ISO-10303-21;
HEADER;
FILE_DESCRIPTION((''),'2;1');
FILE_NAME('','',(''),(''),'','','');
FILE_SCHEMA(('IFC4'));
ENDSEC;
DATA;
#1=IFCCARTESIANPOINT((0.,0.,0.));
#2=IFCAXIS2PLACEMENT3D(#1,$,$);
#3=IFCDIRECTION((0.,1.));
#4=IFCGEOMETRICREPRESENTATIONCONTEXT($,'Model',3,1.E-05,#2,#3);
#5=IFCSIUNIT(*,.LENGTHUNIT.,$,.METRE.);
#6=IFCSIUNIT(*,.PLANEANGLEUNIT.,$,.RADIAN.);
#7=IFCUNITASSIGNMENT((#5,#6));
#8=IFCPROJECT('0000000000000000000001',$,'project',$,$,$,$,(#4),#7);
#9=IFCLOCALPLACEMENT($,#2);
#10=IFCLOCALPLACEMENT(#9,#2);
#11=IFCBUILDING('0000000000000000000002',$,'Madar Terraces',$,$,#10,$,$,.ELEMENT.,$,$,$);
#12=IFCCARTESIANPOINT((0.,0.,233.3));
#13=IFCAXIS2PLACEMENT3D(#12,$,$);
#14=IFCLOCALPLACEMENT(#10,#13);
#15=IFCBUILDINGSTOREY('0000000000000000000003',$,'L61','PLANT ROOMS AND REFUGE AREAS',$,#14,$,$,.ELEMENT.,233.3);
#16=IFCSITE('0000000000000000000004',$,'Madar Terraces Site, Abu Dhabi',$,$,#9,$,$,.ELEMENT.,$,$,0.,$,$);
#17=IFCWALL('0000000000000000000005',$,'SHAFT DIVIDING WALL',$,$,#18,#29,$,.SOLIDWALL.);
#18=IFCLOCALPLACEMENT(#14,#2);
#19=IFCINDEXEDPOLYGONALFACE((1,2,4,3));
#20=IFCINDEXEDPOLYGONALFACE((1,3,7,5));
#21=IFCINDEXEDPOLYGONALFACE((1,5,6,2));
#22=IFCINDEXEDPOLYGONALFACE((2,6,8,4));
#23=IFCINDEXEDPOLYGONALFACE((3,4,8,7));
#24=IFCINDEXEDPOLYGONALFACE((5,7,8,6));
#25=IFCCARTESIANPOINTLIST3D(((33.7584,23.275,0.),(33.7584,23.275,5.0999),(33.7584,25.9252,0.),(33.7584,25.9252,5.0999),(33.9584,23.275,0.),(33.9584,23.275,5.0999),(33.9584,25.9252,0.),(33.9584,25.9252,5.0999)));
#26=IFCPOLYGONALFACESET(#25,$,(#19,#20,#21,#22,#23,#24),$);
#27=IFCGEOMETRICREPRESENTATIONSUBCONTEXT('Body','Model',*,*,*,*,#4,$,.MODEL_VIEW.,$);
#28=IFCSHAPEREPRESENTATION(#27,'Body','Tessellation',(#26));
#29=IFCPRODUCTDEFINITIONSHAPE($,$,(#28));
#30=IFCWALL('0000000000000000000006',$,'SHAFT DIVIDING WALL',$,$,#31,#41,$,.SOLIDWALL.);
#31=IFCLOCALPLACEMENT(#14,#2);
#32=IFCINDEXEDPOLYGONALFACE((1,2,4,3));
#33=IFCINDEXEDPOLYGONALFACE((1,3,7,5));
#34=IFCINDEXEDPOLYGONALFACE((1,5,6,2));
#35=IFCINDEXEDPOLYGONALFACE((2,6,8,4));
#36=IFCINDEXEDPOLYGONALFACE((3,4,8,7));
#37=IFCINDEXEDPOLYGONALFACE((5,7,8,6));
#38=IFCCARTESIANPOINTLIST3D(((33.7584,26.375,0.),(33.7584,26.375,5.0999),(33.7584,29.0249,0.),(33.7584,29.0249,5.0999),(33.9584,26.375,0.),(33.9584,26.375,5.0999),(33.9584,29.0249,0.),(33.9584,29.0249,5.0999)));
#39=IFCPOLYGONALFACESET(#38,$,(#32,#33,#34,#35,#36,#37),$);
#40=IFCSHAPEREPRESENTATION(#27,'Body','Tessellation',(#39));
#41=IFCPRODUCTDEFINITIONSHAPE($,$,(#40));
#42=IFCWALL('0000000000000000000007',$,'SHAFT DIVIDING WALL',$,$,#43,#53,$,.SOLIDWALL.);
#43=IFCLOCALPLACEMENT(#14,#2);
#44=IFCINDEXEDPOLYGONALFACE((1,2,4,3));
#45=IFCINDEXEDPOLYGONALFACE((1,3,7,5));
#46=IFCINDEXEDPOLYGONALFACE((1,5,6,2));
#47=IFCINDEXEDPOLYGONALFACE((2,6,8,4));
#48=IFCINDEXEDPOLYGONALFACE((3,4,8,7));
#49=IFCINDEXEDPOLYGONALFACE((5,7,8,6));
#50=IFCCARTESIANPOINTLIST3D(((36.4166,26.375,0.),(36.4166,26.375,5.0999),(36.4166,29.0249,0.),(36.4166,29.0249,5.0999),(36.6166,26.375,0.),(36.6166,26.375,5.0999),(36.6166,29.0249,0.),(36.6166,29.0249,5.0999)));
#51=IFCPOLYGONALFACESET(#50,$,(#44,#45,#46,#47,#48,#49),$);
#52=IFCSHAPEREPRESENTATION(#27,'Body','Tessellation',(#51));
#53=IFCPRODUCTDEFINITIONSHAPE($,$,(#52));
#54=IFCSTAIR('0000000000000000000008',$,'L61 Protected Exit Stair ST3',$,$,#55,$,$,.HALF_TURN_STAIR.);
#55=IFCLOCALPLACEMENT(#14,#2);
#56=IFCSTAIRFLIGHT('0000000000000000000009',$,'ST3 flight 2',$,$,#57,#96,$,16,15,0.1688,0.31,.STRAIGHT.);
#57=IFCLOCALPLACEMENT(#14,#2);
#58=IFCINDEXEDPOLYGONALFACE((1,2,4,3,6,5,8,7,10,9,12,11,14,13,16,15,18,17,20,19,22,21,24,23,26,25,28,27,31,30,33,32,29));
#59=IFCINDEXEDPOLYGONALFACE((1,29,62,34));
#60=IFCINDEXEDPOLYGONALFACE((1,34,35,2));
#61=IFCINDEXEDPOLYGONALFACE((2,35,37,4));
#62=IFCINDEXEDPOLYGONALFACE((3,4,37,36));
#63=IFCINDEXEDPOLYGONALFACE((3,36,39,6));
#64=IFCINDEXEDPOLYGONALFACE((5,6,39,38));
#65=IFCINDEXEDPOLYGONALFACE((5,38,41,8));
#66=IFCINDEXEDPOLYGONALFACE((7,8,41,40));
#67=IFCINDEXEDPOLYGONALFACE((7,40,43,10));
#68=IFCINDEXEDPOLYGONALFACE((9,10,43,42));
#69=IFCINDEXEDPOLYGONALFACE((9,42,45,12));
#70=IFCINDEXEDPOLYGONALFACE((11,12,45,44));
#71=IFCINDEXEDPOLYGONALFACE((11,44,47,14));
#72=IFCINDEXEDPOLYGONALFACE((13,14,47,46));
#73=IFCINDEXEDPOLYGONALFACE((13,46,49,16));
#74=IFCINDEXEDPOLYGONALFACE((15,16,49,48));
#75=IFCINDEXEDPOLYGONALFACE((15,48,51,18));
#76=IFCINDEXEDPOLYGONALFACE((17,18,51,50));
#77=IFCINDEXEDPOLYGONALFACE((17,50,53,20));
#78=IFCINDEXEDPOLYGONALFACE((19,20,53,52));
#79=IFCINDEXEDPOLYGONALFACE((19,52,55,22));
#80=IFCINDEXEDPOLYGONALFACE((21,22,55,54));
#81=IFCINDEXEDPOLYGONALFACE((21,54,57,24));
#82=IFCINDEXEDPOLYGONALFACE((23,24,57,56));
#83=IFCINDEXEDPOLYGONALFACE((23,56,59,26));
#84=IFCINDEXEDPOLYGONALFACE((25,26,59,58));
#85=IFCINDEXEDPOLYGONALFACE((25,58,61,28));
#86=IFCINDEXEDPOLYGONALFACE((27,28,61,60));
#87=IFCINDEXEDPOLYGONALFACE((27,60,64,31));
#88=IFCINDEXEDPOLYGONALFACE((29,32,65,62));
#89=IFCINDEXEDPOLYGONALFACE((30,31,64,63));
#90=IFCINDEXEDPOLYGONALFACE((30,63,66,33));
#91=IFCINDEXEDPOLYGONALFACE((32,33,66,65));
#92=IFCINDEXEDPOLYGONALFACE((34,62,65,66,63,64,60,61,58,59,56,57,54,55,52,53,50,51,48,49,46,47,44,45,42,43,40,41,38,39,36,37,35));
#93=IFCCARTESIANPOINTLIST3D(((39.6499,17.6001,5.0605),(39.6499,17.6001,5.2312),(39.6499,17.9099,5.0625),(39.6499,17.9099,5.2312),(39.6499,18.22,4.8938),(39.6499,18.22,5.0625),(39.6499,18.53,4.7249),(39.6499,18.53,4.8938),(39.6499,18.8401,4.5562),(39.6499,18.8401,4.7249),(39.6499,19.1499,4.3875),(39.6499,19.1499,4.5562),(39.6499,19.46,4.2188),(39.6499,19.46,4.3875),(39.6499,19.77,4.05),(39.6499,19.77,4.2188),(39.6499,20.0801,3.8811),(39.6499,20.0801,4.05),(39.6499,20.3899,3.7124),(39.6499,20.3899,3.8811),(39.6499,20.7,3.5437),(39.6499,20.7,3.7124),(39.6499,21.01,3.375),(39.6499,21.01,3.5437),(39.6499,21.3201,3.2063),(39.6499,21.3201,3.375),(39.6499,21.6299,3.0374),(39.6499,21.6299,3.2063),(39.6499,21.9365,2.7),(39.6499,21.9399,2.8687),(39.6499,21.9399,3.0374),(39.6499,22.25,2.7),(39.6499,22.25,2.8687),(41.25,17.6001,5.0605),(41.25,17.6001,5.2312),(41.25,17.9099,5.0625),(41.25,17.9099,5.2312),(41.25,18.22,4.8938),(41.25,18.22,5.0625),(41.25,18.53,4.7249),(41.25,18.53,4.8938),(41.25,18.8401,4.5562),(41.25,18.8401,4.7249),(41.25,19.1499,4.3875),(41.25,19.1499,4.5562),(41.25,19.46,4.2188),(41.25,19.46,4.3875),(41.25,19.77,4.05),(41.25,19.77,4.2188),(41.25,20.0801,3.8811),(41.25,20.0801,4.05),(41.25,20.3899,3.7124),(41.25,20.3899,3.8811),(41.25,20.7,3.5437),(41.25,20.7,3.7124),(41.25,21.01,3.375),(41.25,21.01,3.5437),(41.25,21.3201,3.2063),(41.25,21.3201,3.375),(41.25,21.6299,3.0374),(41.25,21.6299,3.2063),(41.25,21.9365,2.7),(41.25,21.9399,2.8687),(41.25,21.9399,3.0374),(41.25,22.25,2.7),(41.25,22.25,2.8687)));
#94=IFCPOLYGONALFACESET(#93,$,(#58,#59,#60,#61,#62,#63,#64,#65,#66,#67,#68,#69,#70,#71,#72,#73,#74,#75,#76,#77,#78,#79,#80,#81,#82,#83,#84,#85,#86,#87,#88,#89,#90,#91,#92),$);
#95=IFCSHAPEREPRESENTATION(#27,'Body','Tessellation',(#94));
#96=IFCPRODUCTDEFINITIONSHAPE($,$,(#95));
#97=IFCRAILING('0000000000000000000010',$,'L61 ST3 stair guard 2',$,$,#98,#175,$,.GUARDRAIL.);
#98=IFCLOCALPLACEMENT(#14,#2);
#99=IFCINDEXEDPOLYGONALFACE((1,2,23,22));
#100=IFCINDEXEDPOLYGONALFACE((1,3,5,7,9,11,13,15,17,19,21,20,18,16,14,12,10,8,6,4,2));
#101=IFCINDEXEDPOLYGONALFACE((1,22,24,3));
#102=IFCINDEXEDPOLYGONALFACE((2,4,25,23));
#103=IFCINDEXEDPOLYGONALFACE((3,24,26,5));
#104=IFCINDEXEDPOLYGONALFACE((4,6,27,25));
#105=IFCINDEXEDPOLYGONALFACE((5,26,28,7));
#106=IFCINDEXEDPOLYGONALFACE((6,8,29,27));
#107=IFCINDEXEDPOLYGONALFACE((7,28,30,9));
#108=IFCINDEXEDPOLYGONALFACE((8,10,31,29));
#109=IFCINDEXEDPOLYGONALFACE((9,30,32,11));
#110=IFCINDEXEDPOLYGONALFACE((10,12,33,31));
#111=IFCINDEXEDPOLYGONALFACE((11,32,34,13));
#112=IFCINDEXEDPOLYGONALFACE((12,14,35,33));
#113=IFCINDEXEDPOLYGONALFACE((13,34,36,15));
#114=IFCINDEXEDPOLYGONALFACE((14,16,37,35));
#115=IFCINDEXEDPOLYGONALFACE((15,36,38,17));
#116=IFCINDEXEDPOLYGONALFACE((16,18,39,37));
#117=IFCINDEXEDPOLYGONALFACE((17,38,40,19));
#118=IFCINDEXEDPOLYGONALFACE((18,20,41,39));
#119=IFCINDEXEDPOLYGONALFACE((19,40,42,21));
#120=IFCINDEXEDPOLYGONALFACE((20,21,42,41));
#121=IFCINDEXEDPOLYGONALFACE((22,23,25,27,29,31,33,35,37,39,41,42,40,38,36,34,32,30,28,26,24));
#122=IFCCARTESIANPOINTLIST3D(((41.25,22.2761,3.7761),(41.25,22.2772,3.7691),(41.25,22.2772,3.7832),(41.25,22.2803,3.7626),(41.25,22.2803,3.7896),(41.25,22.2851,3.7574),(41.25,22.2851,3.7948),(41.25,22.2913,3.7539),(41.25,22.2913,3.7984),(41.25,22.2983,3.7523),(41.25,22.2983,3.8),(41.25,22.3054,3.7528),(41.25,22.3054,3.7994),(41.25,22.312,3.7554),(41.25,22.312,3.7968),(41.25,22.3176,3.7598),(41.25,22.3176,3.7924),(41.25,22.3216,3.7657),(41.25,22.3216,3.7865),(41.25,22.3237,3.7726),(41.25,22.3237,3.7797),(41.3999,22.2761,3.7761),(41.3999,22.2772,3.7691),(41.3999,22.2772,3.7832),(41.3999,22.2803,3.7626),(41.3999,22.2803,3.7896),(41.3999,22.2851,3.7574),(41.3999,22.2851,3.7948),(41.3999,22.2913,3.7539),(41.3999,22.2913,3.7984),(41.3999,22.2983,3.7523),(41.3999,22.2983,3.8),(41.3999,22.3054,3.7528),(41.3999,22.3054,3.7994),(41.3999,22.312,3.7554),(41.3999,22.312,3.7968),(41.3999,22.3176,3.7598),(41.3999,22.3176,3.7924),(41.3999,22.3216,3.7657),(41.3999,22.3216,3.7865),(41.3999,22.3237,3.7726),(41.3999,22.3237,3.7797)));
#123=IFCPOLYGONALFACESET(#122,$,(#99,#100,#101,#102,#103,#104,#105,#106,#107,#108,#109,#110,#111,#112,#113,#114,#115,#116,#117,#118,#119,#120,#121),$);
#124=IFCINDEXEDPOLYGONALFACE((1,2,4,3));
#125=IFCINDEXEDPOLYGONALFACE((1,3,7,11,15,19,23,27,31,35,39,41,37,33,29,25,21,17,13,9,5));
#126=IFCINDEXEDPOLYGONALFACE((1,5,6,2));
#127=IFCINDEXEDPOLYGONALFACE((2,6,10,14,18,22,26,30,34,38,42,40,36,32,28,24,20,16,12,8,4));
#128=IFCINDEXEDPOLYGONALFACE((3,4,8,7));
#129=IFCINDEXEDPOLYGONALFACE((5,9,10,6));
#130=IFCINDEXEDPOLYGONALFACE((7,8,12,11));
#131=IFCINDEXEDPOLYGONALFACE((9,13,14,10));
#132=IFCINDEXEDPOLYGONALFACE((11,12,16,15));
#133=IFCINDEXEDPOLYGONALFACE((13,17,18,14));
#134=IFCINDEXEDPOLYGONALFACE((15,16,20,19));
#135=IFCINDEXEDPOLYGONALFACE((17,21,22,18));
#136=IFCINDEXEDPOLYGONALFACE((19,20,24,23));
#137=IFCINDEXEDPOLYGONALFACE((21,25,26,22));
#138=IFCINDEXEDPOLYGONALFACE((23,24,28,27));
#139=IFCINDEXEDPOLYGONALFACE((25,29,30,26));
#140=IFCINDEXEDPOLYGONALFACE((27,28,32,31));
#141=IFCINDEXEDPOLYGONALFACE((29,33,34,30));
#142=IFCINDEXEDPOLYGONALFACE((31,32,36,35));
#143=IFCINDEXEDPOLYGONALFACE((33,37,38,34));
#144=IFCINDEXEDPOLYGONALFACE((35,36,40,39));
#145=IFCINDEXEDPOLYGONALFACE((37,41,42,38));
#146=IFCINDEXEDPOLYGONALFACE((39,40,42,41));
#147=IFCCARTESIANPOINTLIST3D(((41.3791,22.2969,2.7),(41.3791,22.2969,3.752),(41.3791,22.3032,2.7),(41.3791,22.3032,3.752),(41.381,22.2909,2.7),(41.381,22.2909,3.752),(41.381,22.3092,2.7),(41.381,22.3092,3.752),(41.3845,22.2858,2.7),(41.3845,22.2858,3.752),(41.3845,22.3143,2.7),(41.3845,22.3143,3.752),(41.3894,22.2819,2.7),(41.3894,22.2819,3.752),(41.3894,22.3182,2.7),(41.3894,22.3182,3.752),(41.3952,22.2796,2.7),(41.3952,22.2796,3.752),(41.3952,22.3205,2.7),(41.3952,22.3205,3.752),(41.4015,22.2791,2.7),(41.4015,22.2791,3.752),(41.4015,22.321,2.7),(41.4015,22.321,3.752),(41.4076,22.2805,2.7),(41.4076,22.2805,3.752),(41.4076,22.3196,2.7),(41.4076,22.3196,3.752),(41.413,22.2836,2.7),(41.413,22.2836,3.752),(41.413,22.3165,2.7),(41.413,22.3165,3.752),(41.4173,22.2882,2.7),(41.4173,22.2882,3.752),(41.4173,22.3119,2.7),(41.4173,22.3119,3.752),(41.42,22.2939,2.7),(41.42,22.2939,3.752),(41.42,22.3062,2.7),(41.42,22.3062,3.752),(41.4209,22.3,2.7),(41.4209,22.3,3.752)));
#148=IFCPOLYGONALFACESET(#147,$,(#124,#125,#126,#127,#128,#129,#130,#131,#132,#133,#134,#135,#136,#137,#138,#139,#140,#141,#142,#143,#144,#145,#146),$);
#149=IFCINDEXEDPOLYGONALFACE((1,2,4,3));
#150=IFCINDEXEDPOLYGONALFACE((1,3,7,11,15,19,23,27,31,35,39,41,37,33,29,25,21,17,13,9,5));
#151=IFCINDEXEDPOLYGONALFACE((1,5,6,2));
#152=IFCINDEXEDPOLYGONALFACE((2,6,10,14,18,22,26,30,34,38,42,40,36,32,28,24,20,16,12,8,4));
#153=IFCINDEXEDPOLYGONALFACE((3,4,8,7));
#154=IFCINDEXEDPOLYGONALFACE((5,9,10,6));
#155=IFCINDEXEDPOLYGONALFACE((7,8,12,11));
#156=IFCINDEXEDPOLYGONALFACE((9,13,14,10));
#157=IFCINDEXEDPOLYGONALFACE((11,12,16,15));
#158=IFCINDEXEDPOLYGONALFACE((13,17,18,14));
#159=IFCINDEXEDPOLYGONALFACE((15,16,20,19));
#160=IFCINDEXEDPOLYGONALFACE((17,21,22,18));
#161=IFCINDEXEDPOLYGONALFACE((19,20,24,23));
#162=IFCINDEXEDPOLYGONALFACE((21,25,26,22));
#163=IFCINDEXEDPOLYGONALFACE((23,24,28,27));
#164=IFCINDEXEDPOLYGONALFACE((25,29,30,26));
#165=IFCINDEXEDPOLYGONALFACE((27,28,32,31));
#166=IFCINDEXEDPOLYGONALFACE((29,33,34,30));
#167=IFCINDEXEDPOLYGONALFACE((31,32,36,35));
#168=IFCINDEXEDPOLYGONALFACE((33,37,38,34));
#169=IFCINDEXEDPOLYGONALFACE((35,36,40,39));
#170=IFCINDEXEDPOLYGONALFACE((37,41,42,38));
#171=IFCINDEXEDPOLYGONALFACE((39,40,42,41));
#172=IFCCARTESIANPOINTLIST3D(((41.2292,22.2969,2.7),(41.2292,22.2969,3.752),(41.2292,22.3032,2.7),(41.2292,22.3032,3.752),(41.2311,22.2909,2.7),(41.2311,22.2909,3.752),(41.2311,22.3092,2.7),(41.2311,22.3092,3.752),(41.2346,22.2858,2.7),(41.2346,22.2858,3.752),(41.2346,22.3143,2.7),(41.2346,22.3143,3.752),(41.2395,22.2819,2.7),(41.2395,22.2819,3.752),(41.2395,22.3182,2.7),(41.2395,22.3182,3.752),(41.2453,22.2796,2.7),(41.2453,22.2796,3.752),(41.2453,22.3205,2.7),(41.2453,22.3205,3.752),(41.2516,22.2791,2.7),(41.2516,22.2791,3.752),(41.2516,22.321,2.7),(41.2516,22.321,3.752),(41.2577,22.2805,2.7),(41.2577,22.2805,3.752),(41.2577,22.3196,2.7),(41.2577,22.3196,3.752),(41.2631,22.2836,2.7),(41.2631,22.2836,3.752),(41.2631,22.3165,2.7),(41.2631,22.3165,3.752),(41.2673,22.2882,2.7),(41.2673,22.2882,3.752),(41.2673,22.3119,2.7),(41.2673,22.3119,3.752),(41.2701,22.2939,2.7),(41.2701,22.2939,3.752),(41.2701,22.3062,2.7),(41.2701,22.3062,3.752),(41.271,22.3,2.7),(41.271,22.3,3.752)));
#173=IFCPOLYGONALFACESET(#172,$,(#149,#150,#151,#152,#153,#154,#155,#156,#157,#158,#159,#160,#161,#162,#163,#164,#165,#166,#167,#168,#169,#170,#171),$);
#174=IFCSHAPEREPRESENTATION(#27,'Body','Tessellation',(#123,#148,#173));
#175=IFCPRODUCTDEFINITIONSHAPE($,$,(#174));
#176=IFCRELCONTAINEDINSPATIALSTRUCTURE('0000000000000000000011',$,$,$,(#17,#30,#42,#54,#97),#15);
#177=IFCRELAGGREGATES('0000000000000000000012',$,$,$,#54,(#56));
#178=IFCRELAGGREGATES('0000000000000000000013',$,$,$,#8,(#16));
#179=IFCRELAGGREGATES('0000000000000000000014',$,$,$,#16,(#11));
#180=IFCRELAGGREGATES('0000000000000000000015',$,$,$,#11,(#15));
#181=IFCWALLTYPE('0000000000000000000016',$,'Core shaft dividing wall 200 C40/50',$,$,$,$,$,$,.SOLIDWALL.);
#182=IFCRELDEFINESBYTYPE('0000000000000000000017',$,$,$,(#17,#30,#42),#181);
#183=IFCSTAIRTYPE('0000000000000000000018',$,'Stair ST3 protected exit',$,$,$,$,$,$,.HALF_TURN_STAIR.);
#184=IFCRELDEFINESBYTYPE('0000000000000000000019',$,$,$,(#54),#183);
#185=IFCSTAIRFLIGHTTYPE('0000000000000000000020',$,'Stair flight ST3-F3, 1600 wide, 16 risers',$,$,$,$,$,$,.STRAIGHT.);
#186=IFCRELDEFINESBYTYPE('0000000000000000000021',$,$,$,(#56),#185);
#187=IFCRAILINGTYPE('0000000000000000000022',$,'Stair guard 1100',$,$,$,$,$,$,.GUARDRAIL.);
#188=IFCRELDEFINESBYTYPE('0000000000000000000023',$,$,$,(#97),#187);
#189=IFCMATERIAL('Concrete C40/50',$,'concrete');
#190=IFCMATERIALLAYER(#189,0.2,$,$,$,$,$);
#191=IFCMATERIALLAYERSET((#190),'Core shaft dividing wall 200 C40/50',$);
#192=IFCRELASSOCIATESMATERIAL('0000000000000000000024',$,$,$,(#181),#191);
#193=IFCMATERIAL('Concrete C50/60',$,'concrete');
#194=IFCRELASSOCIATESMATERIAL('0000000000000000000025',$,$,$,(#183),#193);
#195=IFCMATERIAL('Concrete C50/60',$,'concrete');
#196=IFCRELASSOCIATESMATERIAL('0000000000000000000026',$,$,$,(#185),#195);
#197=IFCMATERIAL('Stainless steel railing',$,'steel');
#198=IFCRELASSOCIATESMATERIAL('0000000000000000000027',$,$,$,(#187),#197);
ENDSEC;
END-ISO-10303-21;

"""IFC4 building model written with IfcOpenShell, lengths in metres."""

from ifc_helpers import new_model, si_unit, direction, frame, frame_2d, origin, origin_2d, place, context, subcontext, project, spatial, polyline, rectangle, circle, outline, extrude, material, layer, layer_set, type_object, element, aggregate, save


model = new_model("IFC4")

# Units and contexts
model_context = context("Model", 3, precision=1e-05, world=origin(), true_north=direction((0.0, 1.0)))
body_context = subcontext(model_context, "Body", "Model", "MODEL_VIEW")
ifc_project = project(units=[si_unit("LENGTHUNIT", "METRE"), si_unit("PLANEANGLEUNIT", "RADIAN")], contexts=[model_context])

# Site, building, storey
site_placement = place(None, origin())
site = spatial("IfcSite", under=ifc_project, at=site_placement, Name="Madar Terraces Site, Abu Dhabi", CompositionType="ELEMENT", RefElevation=0.0)
building_placement = place(site_placement, origin())
building = spatial("IfcBuilding", under=site, at=building_placement, Name="Madar Terraces", CompositionType="ELEMENT")
storey_placement = place(building_placement, frame((0.0, 0.0, 233.3)))
storey = spatial("IfcBuildingStorey", under=building, at=storey_placement, Name="L61", Description="PLANT ROOMS AND REFUGE AREAS", CompositionType="ELEMENT", Elevation=233.3)

# Walls
ifc_material_1 = material(Name="Concrete C40/50", Category="concrete")
ifc_layer_1 = layer(ifc_material_1, 0.2)
ifc_layer_set_1 = layer_set([ifc_layer_1], Name="Core shaft dividing wall 200 C40/50")
wall_type_1 = type_object("IfcWallType", Name="Core shaft dividing wall 200 C40/50", PredefinedType="SOLIDWALL", material=ifc_layer_set_1)
wall_1_placement = place(storey_placement, frame((33.8584, 23.2749, 0.0), z_axis=(0.0, 0.0, 1.0), x_axis=(0.0, 1.0, 0.0)))
element("IfcWall", 1, at=wall_1_placement, inside=storey, type_object=wall_type_1, Name="SHAFT DIVIDING WALL", PredefinedType="SOLIDWALL", context=body_context, shape_type="SweptSolid", body=[
    extrude(rectangle(XDim=2.6501, YDim=0.2, at=frame_2d((1.3252, 0.0))), origin(), (0.0, 0.0, 1.0), 5.0999),
])
for number, where, z_axis, x_axis, name in (
    (2, (33.8584, 26.375, 0.0), (0.0, 0.0, 1.0), (0.0, 1.0, 0.0), "SHAFT DIVIDING WALL"),
    (3, (36.5166, 26.375, 0.0), (0.0, 0.0, 1.0), (0.0, 1.0, 0.0), "SHAFT DIVIDING WALL"),
):
    element("IfcWall", number, at=place(storey_placement, frame(where, z_axis=z_axis, x_axis=x_axis)), inside=storey, type_object=wall_type_1, Name=name, PredefinedType="SOLIDWALL", context=body_context, shape_type="SweptSolid", body=[
        extrude(rectangle(XDim=2.6499, YDim=0.2, at=frame_2d((1.325, 0.0))), origin(), (0.0, 0.0, 1.0), 5.0999),
    ])

# Stair, stair flight
ifc_material_2 = material(Name="Concrete C50/60", Category="concrete")
stair_type = type_object("IfcStairType", Name="Stair ST3 protected exit", PredefinedType="HALF_TURN_STAIR", material=ifc_material_2)
stair_placement = place(storey_placement, origin())
stair = element("IfcStair", 4, at=stair_placement, inside=storey, type_object=stair_type, Name="L61 Protected Exit Stair ST3", PredefinedType="HALF_TURN_STAIR")
ifc_material_3 = material(Name="Concrete C50/60", Category="concrete")
stair_flight_type = type_object("IfcStairFlightType", Name="Stair flight ST3-F3, 1600 wide, 16 risers", PredefinedType="STRAIGHT", material=ifc_material_3)
stair_flight_placement = place(storey_placement, frame((40.45, 22.25, 2.7), z_axis=(0.0, 0.0, 1.0), x_axis=(0.0, -1.0, 0.0)))
stair_flight = element("IfcStairFlight", 5, at=stair_flight_placement, type_object=stair_flight_type, Name="ST3 flight 2", NumberOfRisers=16, NumberOfTreads=15, PredefinedType="STRAIGHT", RiserHeight=0.1688, TreadLength=0.31, context=body_context, shape_type="SweptSolid", body=[
    extrude(outline(polyline([(0.0, 0.0), (0.0, 0.1687), (0.3101, 0.1687), (0.3101, 0.3374), (0.6201, 0.3374), (0.6201, 0.5063), (0.9299, 0.5063), (0.9299, 0.675), (1.24, 0.675), (1.24, 0.8438), (1.55, 0.8438), (1.55, 1.0125), (1.8601, 1.0125), (1.8601, 1.1812), (2.1699, 1.1812), (2.1699, 1.3501), (2.48, 1.3501), (2.48, 1.5188), (2.79, 1.5188), (2.79, 1.6875), (3.1001, 1.6875), (3.1001, 1.8562), (3.4099, 1.8562), (3.4099, 2.0249), (3.72, 2.0249), (3.72, 2.1938), (4.03, 2.1938), (4.03, 2.3625), (4.3401, 2.3625), (4.3401, 2.5312), (4.6499, 2.5312), (4.6499, 2.7), (4.6499, 2.3606), (0.3135, 0.0), (0.0, 0.0)])), frame((0.0, 0.8, 0.0), z_axis=(0.0, -1.0, 0.0), x_axis=(1.0, 0.0, 0.0)), (0.0, 0.0, 1.0), 1.6001),
])
aggregate(stair, [stair_flight])

# Railing
ifc_material_4 = material(Name="Stainless steel railing", Category="steel")
railing_type_1 = type_object("IfcRailingType", Name="Stair guard 1100", PredefinedType="GUARDRAIL", material=ifc_material_4)
railing_1_placement = place(storey_placement, frame((41.3999, 22.3, 2.7)))
element("IfcRailing", 6, at=railing_1_placement, inside=storey, type_object=railing_type_1, Name="L61 ST3 stair guard 2", PredefinedType="GUARDRAIL", context=body_context, shape_type="SweptSolid", body=[
    extrude(circle(Radius=0.0239, at=origin_2d()), frame((0.0, 0.0, 1.0762), z_axis=(-1.0, 0.0, 0.0), x_axis=(0.0, -1.0, 0.0)), (0.0, 0.0, 1.0), 0.1499),
    extrude(circle(Radius=0.021, at=origin_2d()), origin(), (0.0, 0.0, 1.0), 1.052),
    extrude(circle(Radius=0.021, at=origin_2d()), frame((-0.1499, 0.0, 0.0)), (0.0, 0.0, 1.0), 1.052),
])

save(model, "model.ifc")
